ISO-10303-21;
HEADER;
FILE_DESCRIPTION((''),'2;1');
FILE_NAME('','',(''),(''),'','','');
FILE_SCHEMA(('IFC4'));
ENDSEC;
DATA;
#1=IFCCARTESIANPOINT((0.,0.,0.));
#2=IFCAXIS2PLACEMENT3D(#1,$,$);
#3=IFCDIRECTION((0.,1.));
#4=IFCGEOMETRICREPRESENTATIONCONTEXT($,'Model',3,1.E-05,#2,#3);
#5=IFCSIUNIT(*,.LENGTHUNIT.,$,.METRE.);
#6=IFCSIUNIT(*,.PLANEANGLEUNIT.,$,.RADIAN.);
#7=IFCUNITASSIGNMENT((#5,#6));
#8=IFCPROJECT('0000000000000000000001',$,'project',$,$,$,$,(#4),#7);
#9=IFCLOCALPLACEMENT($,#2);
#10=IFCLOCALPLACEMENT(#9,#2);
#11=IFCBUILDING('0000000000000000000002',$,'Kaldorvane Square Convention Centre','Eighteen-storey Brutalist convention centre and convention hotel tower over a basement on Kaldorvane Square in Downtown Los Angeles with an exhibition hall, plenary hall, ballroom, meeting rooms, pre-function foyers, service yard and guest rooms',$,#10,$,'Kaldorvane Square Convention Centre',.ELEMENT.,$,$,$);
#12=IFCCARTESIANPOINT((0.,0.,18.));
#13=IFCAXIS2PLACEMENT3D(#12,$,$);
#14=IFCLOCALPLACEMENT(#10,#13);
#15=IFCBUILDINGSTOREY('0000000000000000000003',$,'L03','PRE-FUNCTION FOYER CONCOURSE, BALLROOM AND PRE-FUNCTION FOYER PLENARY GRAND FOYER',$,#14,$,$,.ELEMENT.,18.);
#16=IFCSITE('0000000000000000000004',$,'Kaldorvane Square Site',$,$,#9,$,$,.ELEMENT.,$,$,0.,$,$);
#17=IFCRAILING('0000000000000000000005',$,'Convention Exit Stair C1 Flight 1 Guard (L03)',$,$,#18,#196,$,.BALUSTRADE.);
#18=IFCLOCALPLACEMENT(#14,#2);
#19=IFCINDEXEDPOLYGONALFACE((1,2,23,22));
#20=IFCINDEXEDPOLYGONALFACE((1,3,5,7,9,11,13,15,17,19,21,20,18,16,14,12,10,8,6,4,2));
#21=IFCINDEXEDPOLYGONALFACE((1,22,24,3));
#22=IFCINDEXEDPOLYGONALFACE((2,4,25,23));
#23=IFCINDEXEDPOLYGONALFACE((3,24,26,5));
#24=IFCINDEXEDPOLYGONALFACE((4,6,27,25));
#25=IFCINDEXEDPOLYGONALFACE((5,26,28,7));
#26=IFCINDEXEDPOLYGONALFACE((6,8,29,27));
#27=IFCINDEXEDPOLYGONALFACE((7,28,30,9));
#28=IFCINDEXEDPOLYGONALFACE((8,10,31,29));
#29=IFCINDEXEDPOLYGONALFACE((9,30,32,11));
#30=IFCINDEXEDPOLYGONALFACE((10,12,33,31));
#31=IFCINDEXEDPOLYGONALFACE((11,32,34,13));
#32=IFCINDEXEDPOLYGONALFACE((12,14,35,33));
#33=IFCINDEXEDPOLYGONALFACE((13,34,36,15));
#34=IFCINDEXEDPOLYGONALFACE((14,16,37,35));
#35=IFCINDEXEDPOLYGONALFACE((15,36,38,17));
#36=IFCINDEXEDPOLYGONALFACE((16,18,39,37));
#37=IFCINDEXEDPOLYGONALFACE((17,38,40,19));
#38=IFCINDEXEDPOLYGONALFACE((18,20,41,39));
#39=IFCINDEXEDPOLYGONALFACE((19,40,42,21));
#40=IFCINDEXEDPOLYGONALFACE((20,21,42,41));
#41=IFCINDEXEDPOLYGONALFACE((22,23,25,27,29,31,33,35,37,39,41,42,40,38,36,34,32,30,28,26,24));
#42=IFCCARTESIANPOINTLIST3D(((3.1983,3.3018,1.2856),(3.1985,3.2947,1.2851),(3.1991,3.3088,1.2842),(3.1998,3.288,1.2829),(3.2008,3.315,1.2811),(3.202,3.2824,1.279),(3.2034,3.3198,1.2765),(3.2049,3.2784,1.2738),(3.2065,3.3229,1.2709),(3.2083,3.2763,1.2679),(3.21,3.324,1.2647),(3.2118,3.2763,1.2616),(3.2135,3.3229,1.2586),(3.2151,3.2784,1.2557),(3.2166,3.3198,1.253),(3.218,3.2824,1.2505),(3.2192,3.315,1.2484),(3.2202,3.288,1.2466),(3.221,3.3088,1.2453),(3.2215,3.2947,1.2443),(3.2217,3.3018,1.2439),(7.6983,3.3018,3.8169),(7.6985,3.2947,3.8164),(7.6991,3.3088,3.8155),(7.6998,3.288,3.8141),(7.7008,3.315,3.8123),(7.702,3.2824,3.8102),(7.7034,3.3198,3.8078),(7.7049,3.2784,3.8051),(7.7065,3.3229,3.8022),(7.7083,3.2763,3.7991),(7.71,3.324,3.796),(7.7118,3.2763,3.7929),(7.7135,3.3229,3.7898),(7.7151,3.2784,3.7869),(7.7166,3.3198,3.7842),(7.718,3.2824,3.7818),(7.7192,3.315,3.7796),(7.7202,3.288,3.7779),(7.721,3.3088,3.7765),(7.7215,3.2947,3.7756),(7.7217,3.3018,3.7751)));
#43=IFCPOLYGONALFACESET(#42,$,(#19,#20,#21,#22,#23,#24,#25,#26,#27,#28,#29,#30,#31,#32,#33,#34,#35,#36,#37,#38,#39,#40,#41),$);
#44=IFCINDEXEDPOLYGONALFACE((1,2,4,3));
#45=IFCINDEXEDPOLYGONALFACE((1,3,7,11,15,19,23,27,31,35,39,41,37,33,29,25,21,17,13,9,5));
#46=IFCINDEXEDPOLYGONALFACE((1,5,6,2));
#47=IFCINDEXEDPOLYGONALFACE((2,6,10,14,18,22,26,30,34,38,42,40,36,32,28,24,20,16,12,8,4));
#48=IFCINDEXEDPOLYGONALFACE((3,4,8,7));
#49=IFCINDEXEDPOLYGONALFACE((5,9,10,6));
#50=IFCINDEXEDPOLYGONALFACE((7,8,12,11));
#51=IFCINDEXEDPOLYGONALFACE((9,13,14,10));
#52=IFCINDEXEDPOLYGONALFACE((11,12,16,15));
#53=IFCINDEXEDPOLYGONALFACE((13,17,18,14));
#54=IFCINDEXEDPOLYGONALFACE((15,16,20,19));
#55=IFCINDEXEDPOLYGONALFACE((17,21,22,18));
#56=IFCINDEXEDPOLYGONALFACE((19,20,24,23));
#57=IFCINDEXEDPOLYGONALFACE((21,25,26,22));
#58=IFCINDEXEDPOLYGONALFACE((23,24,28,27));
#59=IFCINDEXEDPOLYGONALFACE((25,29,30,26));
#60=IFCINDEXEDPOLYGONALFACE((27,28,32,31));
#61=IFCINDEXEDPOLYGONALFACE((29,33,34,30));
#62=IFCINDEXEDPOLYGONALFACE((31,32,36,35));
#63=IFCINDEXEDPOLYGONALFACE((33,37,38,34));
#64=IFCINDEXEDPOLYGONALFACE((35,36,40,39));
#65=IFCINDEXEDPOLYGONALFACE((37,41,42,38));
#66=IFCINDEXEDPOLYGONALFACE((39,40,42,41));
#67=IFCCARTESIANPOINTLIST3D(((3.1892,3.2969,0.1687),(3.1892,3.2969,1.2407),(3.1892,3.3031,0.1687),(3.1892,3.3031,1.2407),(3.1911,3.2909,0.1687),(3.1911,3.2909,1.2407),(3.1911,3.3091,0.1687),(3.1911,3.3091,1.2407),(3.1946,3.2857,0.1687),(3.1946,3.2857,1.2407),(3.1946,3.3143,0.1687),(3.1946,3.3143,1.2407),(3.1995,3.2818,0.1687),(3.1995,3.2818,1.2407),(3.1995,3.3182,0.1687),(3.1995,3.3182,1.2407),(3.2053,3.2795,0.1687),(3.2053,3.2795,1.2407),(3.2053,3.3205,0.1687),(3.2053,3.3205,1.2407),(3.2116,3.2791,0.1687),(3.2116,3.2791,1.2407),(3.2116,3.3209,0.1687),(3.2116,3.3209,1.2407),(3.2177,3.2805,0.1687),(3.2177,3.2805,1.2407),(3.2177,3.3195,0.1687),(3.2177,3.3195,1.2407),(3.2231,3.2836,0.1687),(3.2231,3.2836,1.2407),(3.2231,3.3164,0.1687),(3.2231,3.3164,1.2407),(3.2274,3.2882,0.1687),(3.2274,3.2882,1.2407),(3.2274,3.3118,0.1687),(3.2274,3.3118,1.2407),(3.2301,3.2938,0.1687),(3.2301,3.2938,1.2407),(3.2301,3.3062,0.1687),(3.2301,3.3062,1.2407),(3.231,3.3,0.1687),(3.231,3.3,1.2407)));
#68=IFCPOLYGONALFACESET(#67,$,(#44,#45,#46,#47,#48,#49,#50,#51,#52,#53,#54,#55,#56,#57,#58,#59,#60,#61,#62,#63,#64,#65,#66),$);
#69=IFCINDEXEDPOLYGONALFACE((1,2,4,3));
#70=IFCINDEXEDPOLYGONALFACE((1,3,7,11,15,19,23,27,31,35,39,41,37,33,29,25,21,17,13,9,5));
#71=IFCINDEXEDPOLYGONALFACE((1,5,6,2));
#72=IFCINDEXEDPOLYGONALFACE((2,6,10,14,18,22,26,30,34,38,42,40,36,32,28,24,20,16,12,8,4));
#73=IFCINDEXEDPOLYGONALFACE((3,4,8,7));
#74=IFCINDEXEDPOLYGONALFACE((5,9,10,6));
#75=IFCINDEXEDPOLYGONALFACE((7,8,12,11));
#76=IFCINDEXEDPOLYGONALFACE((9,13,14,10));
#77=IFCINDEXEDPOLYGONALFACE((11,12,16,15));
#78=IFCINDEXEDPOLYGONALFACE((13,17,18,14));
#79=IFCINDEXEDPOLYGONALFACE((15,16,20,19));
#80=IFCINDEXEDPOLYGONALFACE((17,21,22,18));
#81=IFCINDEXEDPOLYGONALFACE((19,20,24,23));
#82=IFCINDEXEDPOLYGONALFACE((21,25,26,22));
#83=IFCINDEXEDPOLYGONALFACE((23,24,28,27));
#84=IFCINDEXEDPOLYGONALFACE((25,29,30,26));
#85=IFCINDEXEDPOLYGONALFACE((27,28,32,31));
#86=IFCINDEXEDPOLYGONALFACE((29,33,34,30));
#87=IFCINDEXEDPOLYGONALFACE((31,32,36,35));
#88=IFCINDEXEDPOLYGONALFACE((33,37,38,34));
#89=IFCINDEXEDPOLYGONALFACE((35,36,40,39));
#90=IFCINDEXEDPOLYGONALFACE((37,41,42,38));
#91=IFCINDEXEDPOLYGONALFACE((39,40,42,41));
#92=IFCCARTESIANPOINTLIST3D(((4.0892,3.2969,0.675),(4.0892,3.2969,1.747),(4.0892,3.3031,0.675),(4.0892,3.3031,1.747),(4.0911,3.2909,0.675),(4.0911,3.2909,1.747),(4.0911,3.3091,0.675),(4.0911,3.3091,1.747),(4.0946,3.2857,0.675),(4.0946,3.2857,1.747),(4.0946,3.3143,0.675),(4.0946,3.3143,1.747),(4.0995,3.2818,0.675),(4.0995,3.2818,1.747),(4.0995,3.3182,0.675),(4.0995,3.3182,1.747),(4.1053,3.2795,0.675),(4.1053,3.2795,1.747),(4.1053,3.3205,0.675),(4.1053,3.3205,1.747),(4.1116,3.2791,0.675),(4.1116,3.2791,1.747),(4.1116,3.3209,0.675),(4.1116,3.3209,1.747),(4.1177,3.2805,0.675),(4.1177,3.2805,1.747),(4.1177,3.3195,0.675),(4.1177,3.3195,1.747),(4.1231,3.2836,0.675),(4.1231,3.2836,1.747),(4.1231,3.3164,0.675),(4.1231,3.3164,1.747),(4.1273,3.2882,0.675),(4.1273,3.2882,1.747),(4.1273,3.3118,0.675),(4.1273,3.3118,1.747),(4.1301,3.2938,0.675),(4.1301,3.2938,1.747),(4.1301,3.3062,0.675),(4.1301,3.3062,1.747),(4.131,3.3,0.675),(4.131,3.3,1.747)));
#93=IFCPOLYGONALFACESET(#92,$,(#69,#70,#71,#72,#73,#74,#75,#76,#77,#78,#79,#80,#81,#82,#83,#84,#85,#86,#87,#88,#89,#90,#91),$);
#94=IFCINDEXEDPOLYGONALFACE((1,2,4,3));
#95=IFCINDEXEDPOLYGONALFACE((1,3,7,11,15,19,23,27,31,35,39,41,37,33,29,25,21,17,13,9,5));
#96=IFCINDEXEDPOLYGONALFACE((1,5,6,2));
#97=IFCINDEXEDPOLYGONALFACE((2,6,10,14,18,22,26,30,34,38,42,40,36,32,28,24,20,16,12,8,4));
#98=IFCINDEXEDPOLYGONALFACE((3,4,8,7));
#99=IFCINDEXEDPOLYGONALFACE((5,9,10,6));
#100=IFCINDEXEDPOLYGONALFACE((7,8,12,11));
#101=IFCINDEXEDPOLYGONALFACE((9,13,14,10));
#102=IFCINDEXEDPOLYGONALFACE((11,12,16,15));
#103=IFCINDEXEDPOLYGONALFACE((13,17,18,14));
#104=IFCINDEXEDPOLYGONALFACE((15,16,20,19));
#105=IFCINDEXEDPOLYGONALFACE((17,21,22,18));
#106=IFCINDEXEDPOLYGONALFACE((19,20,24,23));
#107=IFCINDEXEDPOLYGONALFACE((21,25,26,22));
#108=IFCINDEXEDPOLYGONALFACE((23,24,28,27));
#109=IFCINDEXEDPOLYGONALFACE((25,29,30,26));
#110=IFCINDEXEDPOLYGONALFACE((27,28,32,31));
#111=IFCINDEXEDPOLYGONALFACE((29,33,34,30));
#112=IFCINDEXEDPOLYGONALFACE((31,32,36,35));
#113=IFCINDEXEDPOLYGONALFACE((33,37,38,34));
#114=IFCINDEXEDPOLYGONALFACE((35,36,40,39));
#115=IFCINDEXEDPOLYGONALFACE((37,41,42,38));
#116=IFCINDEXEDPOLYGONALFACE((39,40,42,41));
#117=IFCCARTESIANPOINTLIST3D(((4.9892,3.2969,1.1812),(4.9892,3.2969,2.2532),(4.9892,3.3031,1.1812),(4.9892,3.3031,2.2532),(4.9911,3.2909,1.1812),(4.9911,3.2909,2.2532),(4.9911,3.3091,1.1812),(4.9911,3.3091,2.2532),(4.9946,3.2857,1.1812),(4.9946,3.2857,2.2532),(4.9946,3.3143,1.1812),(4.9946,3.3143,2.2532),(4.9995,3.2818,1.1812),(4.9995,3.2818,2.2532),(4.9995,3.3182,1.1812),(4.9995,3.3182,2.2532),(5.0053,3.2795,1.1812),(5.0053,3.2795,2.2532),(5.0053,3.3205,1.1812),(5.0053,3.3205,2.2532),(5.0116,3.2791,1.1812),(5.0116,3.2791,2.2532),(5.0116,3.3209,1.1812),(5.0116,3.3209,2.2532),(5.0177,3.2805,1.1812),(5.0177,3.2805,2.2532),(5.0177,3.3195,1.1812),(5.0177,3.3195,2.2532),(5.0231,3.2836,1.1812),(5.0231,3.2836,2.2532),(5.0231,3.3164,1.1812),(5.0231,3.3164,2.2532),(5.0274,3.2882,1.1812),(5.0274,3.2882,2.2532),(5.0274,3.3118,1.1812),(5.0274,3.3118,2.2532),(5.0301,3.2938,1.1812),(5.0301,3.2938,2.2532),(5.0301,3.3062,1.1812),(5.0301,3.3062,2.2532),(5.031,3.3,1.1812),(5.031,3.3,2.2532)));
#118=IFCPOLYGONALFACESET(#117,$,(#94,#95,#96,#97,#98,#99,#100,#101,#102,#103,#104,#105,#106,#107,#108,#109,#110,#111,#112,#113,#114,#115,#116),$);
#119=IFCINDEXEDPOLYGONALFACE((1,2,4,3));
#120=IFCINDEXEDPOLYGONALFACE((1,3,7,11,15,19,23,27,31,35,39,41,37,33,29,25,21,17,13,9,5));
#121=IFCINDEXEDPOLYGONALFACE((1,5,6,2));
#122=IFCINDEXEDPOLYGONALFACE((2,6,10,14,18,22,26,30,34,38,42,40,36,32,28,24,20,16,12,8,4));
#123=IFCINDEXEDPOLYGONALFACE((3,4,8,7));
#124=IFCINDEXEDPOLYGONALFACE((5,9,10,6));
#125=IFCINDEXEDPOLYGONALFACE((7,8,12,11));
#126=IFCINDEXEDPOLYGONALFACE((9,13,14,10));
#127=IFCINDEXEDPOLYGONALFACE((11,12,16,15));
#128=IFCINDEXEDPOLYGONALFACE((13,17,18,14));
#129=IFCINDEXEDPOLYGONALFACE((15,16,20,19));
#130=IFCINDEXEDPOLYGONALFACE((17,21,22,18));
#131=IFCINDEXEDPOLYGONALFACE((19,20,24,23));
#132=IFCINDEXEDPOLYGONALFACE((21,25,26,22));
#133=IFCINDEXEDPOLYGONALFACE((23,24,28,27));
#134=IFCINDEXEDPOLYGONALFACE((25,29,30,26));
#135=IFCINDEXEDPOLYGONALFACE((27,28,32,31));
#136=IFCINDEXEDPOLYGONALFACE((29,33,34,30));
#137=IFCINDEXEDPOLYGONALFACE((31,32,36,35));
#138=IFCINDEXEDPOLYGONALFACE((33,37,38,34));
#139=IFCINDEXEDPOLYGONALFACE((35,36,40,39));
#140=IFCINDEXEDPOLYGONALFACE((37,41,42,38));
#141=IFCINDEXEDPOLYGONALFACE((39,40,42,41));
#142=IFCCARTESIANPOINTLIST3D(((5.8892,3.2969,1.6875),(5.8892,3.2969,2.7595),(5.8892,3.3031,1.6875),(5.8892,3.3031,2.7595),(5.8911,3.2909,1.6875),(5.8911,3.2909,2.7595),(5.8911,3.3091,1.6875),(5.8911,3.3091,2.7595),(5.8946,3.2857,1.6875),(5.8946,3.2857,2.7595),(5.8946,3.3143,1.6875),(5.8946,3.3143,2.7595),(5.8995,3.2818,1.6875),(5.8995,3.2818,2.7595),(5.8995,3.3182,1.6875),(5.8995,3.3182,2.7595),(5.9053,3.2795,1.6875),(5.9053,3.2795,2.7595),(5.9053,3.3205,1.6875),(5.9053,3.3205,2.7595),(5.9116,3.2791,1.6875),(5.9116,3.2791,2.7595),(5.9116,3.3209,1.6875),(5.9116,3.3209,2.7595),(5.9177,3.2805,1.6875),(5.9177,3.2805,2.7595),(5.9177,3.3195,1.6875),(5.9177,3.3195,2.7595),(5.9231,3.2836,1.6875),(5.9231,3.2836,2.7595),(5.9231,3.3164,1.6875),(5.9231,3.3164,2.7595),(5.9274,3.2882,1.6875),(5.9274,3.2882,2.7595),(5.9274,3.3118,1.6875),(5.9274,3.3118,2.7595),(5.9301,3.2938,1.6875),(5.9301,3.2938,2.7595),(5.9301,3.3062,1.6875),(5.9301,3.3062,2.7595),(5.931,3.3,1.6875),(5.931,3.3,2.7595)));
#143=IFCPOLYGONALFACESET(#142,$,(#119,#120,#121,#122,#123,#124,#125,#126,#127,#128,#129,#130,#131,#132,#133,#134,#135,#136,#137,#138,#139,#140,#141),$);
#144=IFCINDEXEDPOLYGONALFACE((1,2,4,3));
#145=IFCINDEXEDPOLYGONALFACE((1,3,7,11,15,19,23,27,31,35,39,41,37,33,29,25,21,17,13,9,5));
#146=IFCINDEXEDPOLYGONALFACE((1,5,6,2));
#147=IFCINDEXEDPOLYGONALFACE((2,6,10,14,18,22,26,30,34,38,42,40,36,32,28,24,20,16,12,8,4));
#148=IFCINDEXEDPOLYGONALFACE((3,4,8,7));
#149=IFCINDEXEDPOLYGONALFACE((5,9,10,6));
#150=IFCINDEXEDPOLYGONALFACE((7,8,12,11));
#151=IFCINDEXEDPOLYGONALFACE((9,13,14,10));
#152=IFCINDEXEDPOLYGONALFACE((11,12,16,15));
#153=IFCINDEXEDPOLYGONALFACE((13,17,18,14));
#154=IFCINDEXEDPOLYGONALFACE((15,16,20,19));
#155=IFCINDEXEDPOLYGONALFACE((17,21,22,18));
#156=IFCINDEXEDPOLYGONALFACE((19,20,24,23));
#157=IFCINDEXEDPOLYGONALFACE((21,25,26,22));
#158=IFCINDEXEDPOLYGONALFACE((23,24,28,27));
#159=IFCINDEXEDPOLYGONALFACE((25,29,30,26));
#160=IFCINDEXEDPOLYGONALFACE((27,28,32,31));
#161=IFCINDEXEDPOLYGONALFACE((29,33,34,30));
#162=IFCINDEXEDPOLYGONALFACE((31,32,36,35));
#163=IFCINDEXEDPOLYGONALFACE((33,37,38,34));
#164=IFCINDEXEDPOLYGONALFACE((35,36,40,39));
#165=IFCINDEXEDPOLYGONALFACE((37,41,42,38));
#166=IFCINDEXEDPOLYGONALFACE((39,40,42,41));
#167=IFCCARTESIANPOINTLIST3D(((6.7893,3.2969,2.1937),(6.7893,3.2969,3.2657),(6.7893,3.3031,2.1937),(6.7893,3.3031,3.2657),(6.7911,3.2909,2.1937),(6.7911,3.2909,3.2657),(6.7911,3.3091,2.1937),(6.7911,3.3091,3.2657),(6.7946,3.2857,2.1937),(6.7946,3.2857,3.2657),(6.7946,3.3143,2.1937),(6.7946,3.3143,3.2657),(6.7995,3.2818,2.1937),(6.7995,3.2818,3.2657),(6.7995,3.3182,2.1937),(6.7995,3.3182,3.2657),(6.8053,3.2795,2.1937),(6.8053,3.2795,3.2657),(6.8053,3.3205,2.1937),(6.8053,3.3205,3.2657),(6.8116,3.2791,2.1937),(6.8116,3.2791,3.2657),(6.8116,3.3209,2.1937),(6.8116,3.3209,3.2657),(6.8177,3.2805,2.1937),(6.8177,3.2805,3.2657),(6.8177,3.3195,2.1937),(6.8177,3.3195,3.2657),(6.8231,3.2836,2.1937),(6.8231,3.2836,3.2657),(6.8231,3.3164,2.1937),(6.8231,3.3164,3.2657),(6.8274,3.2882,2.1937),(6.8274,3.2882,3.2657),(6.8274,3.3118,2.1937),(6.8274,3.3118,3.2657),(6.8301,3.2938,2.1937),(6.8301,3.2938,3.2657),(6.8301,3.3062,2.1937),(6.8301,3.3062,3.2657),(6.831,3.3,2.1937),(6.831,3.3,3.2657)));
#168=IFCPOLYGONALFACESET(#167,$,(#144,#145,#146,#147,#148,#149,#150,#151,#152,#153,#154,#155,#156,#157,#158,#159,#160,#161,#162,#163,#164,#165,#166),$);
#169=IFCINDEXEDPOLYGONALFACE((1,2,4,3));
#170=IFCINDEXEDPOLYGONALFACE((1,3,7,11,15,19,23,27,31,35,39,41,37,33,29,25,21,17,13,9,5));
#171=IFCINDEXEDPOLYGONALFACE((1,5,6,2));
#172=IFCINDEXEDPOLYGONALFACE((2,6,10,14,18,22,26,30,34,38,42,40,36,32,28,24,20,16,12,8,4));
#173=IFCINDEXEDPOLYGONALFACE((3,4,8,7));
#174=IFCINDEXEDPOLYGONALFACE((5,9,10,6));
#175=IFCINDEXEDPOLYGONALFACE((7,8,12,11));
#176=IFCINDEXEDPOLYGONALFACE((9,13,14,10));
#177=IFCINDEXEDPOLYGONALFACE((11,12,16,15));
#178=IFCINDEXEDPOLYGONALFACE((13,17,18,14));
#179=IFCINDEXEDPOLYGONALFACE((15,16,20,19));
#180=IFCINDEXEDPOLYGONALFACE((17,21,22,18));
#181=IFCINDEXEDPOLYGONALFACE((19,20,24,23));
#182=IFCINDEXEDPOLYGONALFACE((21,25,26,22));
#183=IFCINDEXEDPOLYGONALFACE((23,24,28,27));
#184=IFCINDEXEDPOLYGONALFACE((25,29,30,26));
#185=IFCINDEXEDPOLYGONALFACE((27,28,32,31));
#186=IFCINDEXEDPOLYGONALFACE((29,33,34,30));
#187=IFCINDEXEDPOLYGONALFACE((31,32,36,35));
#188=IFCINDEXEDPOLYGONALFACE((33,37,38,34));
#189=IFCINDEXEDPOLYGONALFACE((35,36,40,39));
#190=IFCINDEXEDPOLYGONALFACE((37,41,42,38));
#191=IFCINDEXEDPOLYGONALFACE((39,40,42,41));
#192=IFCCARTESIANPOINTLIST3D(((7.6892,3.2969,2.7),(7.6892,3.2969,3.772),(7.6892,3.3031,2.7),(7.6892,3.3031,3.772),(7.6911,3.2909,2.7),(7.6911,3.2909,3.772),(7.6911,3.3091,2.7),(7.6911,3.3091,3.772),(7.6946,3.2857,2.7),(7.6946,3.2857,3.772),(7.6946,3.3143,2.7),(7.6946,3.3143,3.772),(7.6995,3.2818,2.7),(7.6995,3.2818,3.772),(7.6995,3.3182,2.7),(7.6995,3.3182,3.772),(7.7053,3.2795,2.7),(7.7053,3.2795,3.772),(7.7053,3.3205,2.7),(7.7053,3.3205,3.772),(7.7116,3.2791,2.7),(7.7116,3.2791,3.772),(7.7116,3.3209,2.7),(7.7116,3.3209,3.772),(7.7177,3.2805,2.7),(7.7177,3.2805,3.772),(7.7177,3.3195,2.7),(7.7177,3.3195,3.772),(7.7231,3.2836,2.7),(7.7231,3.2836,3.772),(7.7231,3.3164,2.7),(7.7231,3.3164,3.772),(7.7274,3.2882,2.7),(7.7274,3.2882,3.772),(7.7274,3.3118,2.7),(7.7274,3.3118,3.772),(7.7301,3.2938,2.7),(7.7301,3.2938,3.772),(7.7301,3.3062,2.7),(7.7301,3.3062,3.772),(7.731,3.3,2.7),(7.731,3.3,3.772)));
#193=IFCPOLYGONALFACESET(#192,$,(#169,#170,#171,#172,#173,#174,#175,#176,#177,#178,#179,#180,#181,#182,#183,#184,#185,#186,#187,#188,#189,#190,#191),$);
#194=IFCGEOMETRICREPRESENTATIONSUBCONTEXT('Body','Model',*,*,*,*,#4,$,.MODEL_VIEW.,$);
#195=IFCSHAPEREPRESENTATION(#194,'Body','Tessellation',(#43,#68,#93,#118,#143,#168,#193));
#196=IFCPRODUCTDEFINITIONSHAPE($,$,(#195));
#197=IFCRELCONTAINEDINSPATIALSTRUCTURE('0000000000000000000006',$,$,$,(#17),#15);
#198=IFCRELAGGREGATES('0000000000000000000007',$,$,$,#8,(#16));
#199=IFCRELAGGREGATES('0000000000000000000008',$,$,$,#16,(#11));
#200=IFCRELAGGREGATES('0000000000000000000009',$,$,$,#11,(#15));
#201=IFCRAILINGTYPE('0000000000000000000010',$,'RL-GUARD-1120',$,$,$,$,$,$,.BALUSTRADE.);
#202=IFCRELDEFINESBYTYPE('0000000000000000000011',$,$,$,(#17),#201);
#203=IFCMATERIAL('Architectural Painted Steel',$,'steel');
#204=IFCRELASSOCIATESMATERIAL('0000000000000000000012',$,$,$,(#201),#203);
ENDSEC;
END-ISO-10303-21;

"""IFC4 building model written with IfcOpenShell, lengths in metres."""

from ifc_helpers import new_model, si_unit, direction, frame, origin, origin_2d, place, context, subcontext, project, spatial, circle, extrude, material, type_object, element, save


model = new_model("IFC4")

# Units and contexts
model_context = context("Model", 3, precision=1e-05, world=origin(), true_north=direction((0.0, 1.0)))
body_context = subcontext(model_context, "Body", "Model", "MODEL_VIEW")
ifc_project = project(units=[si_unit("LENGTHUNIT", "METRE"), si_unit("PLANEANGLEUNIT", "RADIAN")], contexts=[model_context])

# Site, building, storey
site_placement = place(None, origin())
site = spatial("IfcSite", under=ifc_project, at=site_placement, Name="Kaldorvane Square Site", CompositionType="ELEMENT", RefElevation=0.0)
building_placement = place(site_placement, origin())
building = spatial("IfcBuilding", under=site, at=building_placement, Name="Kaldorvane Square Convention Centre", Description="Eighteen-storey Brutalist convention centre and convention hotel tower over a basement on Kaldorvane Square in Downtown Los Angeles with an exhibition hall, plenary hall, ballroom, meeting rooms, pre-function foyers, service yard and guest rooms", LongName="Kaldorvane Square Convention Centre", CompositionType="ELEMENT")
storey_placement = place(building_placement, frame((0.0, 0.0, 18.0)))
storey = spatial("IfcBuildingStorey", under=building, at=storey_placement, Name="L03", Description="PRE-FUNCTION FOYER CONCOURSE, BALLROOM AND PRE-FUNCTION FOYER PLENARY GRAND FOYER", CompositionType="ELEMENT", Elevation=18.0)

# Railing
ifc_material_1 = material(Name="Architectural Painted Steel", Category="steel")
railing_type_1 = type_object("IfcRailingType", Name="RL-GUARD-1120", PredefinedType="BALUSTRADE", material=ifc_material_1)
railing_1_placement = place(storey_placement, frame((3.21, 3.3, 0.1687)))
element("IfcRailing", 1, at=railing_1_placement, inside=storey, type_object=railing_type_1, Name="Convention Exit Stair C1 Flight 1 Guard (L03)", PredefinedType="BALUSTRADE", context=body_context, shape_type="SweptSolid", body=[
    extrude(circle(Radius=0.024, at=origin_2d()), frame((0.0, 0.0, 1.096), z_axis=(0.871576, 0.0, 0.490261), x_axis=(0.0, 1.0, 0.0)), (0.0, 0.0, 1.0), 5.1631),
    extrude(circle(Radius=0.021, at=origin_2d()), origin(), (0.0, 0.0, 1.0), 1.072),
    extrude(circle(Radius=0.021, at=origin_2d()), frame((0.9, 0.0, 0.5063)), (0.0, 0.0, 1.0), 1.072),
    extrude(circle(Radius=0.021, at=origin_2d()), frame((1.8, 0.0, 1.0125)), (0.0, 0.0, 1.0), 1.072),
    extrude(circle(Radius=0.021, at=origin_2d()), frame((2.7, 0.0, 1.5188)), (0.0, 0.0, 1.0), 1.072),
    extrude(circle(Radius=0.021, at=origin_2d()), frame((3.6, 0.0, 2.025)), (0.0, 0.0, 1.0), 1.072),
    extrude(circle(Radius=0.021, at=origin_2d()), frame((4.5, 0.0, 2.5312)), (0.0, 0.0, 1.0), 1.072),
])

save(model, "model.ifc")
